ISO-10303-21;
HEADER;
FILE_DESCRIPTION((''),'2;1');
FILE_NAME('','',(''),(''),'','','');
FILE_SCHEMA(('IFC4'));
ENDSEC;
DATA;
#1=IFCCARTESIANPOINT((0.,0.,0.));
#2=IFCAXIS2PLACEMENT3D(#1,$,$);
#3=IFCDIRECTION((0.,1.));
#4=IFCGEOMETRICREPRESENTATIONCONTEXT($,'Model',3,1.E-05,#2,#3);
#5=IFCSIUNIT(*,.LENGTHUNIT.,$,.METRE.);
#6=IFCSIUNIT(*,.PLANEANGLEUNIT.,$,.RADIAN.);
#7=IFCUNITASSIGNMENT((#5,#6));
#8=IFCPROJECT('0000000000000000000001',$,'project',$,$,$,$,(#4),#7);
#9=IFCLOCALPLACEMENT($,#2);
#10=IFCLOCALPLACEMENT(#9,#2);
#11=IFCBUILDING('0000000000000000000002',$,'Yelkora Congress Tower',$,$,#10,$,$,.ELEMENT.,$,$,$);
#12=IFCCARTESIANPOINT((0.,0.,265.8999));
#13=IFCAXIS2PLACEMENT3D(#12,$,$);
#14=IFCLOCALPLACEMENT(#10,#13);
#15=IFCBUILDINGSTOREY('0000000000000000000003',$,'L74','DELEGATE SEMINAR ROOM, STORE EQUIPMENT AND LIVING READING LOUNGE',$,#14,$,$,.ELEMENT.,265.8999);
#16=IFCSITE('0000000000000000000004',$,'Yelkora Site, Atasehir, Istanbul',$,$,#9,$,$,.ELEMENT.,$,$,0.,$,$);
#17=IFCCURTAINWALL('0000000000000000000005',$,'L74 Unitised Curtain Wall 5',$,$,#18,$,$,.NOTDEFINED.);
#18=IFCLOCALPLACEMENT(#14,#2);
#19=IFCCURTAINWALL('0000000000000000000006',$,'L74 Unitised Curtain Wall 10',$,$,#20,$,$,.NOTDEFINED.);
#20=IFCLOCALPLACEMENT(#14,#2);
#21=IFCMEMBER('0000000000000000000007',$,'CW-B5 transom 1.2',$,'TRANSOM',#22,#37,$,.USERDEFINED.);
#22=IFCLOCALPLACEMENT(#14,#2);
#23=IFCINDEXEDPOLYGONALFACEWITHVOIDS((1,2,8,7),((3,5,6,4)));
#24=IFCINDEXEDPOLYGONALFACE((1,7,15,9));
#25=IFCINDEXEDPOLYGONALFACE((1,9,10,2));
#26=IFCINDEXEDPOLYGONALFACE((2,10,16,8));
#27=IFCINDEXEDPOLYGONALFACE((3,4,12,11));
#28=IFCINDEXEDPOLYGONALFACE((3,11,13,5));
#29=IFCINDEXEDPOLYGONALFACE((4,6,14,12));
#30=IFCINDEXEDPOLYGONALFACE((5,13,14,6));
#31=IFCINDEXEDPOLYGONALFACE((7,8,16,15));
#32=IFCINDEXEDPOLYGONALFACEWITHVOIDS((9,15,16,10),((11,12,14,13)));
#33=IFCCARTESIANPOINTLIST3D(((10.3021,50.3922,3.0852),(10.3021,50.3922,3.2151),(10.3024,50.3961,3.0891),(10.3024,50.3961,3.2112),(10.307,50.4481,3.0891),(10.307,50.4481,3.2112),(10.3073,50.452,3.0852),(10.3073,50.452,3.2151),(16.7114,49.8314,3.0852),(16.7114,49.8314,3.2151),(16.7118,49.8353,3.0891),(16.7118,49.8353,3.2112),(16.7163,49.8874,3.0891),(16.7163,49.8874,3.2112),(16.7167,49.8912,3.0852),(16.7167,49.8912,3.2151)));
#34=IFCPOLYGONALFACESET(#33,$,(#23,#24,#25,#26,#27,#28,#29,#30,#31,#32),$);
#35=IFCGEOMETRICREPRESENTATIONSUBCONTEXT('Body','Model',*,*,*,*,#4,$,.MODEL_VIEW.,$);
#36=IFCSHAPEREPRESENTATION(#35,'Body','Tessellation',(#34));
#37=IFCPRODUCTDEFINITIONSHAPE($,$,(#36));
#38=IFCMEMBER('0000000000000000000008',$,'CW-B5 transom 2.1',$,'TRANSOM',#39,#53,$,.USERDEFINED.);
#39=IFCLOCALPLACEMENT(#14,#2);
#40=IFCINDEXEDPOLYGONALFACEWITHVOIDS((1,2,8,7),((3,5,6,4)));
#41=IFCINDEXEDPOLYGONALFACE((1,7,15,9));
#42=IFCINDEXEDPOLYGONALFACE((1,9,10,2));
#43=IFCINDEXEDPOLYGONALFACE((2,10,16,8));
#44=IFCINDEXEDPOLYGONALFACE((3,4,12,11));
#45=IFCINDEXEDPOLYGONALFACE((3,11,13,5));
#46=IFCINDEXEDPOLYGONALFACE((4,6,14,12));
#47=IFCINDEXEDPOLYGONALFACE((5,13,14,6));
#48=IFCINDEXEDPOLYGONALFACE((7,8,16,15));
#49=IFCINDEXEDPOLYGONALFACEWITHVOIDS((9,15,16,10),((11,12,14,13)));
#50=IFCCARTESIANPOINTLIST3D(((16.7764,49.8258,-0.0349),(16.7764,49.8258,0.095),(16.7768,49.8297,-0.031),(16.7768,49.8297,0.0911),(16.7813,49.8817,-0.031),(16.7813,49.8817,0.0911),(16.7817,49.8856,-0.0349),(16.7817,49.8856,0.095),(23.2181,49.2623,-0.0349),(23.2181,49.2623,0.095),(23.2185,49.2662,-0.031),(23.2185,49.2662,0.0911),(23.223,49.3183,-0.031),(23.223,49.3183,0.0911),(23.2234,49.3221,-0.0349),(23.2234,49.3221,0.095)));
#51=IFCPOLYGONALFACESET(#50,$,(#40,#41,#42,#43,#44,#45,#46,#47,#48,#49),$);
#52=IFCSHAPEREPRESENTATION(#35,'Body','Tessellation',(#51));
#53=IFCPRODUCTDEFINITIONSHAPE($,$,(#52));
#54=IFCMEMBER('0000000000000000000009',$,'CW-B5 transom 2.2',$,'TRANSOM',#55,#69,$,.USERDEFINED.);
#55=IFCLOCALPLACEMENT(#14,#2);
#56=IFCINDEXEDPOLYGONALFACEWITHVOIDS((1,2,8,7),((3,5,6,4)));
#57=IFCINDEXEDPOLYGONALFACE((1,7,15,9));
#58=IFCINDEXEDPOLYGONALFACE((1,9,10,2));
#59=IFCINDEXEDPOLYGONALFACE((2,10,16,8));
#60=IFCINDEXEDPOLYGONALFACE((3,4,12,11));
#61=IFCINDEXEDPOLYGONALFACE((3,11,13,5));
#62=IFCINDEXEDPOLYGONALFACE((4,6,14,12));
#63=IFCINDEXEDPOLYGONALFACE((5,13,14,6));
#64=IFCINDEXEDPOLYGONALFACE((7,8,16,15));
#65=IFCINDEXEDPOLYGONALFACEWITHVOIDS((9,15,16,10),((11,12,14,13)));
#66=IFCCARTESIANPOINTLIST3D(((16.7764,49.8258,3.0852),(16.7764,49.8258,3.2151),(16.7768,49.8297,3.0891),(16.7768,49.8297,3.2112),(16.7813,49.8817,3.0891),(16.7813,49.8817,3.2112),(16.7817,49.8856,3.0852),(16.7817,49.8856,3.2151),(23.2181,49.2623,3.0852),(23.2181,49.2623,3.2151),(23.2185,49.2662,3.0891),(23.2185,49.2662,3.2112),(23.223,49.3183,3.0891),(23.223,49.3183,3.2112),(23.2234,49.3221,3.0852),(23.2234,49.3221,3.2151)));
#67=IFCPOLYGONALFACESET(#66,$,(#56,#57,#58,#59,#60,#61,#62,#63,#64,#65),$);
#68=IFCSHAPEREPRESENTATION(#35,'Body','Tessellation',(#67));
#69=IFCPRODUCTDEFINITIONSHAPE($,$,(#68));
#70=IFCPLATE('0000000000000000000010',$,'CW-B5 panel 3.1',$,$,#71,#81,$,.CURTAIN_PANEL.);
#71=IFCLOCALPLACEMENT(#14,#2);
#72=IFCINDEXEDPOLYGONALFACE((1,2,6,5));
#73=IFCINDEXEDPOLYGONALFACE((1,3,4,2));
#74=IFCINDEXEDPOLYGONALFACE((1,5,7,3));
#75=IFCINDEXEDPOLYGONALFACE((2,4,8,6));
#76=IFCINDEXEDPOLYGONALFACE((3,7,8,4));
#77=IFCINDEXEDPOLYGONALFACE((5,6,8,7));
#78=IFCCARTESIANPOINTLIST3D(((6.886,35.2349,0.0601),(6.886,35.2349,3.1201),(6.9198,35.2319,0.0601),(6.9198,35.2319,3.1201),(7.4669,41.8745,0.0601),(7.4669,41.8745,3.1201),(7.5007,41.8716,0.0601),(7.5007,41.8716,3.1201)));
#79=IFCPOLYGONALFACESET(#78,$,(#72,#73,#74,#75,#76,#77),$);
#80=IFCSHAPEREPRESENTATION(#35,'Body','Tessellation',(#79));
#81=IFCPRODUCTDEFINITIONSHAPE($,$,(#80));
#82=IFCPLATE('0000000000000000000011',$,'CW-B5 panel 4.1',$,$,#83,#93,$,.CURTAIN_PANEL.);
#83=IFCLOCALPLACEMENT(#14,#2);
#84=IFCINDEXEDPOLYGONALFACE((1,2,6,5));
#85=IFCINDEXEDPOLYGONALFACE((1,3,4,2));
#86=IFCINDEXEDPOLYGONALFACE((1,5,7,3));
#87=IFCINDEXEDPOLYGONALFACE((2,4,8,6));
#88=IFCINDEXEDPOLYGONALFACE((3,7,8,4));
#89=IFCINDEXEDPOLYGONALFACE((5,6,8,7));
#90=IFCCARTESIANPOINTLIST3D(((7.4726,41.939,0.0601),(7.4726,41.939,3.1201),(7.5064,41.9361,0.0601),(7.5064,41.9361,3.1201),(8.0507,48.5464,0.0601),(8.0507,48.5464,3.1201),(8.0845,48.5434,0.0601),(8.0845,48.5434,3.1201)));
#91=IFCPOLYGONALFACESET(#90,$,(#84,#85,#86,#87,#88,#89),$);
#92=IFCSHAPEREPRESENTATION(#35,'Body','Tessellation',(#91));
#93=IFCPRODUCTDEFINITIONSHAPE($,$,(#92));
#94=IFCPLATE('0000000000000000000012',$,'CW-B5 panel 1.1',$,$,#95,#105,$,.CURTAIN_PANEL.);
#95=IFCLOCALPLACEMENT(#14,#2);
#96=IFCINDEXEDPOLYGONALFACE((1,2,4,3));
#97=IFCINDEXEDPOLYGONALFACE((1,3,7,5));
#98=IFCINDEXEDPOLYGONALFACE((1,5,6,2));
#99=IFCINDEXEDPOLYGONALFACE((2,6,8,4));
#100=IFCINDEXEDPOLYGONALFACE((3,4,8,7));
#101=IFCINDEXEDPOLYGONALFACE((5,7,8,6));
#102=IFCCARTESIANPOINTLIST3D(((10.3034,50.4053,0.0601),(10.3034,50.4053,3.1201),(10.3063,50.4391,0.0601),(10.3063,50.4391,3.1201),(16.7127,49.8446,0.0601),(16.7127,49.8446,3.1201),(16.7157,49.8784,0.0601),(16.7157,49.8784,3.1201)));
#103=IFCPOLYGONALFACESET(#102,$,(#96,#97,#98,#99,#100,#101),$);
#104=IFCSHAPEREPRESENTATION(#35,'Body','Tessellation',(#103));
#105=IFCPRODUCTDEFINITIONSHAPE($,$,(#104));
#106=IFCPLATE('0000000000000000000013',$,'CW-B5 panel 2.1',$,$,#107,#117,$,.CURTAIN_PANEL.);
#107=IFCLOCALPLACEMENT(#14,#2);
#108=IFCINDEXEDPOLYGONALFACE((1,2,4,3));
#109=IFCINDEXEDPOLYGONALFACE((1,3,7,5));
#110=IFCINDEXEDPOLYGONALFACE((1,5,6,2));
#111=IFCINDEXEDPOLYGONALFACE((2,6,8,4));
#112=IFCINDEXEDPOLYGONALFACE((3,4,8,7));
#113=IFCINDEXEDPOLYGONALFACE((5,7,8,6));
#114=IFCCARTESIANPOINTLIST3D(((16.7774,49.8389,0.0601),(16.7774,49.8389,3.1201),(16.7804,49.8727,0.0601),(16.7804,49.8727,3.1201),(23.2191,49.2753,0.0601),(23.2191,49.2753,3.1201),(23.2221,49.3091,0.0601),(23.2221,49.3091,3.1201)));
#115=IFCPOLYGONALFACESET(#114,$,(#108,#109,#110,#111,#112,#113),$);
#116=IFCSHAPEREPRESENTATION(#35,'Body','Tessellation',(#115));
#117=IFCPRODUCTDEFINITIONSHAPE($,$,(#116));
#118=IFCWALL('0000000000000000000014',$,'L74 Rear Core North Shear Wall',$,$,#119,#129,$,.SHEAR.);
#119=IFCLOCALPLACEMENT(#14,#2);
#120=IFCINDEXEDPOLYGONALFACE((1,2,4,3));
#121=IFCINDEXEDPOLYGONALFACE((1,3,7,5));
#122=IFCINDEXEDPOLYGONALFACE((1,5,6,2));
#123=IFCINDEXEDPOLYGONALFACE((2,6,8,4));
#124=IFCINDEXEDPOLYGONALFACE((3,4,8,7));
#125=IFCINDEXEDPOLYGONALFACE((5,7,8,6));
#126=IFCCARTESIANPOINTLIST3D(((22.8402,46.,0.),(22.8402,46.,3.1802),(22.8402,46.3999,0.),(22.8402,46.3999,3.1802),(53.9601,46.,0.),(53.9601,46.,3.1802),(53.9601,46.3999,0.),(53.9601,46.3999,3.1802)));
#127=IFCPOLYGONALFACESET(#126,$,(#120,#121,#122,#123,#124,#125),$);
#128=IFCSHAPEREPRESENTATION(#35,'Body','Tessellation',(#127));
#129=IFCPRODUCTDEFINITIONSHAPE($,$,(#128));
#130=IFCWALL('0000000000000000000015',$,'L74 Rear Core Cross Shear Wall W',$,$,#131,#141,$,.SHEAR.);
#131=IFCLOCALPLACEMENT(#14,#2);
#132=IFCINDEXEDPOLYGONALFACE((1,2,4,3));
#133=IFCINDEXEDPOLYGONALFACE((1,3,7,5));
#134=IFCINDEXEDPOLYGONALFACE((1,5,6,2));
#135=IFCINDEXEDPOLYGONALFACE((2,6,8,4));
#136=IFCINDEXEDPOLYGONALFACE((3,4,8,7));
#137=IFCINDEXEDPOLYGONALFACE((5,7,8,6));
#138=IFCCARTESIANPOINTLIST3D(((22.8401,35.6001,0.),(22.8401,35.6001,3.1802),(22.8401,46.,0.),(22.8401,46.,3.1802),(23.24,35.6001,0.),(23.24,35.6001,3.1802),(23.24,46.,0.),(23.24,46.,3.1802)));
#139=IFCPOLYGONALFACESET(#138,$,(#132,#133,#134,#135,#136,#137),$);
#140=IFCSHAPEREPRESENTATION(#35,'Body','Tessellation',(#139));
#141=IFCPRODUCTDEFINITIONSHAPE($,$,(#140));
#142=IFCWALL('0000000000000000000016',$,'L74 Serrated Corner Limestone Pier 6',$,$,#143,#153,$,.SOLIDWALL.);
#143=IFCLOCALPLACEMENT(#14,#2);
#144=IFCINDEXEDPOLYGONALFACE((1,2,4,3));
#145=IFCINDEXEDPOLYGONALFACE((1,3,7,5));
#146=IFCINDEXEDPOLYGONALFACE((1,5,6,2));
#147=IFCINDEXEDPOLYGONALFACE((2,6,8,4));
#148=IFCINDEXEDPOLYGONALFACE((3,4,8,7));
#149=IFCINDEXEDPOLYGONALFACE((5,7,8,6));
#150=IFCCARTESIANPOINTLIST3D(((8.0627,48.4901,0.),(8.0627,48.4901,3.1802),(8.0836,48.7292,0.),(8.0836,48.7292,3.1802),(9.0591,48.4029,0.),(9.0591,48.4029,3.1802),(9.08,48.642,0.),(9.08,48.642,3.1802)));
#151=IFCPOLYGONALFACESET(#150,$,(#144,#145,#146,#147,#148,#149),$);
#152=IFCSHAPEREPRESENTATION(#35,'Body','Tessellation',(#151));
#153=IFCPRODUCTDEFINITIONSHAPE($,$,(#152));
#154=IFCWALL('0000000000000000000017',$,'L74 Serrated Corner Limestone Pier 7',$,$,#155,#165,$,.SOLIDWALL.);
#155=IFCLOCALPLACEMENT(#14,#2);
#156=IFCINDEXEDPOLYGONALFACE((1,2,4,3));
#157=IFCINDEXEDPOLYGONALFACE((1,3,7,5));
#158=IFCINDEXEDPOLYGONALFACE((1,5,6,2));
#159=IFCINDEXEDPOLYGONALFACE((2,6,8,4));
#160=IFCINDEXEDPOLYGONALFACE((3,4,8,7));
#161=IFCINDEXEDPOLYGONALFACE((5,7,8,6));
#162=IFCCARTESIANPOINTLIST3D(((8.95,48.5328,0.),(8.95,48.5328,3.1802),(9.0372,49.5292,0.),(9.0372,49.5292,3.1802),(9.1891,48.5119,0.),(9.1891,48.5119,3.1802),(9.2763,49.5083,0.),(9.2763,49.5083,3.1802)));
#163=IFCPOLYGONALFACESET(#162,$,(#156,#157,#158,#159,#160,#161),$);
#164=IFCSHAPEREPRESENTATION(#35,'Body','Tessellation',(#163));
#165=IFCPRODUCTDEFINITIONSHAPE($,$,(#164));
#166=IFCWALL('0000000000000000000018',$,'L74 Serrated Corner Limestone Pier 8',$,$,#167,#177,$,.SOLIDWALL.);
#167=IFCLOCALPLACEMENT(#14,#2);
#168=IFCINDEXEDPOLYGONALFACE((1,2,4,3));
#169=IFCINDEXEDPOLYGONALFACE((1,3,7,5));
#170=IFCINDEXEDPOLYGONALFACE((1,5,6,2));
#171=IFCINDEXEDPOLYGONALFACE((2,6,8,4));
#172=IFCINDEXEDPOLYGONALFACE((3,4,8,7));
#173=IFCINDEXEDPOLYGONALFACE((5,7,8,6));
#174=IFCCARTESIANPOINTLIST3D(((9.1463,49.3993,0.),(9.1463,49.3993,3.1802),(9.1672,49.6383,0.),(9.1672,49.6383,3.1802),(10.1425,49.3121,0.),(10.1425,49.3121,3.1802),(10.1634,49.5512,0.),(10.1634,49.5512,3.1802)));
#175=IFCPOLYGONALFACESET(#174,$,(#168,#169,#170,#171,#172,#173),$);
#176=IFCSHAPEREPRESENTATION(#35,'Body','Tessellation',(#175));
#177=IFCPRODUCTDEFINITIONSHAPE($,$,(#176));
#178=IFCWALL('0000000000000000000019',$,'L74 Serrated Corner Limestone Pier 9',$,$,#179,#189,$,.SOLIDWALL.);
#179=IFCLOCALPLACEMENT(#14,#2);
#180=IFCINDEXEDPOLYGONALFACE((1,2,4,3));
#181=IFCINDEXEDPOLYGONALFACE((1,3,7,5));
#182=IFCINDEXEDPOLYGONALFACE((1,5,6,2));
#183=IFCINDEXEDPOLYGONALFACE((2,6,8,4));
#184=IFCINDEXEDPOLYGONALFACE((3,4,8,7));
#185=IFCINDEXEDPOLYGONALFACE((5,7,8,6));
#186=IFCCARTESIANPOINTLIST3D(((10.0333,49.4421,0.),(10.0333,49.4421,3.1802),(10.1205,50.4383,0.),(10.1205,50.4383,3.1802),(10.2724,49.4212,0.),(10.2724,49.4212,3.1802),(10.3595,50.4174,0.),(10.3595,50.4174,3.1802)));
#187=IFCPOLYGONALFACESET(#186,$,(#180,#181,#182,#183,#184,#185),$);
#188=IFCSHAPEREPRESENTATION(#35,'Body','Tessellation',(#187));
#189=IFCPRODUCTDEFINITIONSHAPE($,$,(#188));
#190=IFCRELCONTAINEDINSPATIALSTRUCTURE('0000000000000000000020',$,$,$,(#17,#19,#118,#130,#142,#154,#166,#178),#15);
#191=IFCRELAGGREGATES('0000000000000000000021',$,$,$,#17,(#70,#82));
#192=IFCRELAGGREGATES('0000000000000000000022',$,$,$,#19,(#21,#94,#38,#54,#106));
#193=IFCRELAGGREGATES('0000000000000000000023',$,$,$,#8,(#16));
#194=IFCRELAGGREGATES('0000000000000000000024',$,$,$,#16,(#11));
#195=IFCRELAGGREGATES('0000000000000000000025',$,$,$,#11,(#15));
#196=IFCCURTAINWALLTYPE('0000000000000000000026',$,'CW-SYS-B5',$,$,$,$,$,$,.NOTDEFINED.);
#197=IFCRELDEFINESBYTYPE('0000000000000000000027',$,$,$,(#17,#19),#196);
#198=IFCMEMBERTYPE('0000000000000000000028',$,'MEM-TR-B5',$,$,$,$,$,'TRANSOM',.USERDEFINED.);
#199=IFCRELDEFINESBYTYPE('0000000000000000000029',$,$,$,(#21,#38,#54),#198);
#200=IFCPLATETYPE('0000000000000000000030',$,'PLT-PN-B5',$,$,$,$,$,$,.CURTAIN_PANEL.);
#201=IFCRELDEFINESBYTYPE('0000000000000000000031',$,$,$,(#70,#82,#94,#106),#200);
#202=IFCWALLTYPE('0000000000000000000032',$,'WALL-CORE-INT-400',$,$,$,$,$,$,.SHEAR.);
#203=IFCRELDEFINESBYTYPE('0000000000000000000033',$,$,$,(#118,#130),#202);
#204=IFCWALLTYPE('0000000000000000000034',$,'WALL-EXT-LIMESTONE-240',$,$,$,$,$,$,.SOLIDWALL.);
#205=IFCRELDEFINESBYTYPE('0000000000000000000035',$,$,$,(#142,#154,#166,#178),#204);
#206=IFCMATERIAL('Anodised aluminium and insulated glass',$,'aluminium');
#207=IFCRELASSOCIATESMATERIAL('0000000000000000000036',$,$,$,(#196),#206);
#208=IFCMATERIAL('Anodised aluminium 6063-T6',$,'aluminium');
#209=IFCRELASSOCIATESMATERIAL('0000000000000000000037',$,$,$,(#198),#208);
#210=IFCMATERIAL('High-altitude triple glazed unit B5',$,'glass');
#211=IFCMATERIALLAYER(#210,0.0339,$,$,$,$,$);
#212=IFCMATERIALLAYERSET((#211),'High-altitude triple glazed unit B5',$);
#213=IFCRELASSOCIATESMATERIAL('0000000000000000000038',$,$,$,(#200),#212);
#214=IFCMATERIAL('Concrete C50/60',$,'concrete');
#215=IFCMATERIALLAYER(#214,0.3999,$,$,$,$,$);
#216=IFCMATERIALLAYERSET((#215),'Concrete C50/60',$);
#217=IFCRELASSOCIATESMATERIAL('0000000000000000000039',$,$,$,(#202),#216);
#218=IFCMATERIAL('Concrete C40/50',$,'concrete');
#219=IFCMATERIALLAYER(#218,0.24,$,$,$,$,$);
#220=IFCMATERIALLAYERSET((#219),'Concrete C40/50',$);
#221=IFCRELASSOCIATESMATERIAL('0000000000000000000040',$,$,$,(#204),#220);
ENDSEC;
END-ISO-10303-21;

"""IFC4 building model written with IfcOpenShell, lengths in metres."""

from ifc_helpers import new_model, si_unit, direction, frame, frame_2d, origin, origin_2d, place, context, subcontext, project, spatial, rectangle, hollow_rectangle, extrude, material, layer, layer_set, material_profile, profile_set, type_object, element, aggregate, save


model = new_model("IFC4")

# Units and contexts
model_context = context("Model", 3, precision=1e-05, world=origin(), true_north=direction((0.0, 1.0)))
body_context = subcontext(model_context, "Body", "Model", "MODEL_VIEW")
ifc_project = project(units=[si_unit("LENGTHUNIT", "METRE"), si_unit("PLANEANGLEUNIT", "RADIAN")], contexts=[model_context])

# Site, building, storey
site_placement = place(None, origin())
site = spatial("IfcSite", under=ifc_project, at=site_placement, Name="Yelkora Site, Atasehir, Istanbul", CompositionType="ELEMENT", RefElevation=0.0)
building_placement = place(site_placement, origin())
building = spatial("IfcBuilding", under=site, at=building_placement, Name="Yelkora Congress Tower", CompositionType="ELEMENT")
storey_placement = place(building_placement, frame((0.0, 0.0, 265.8999)))
storey = spatial("IfcBuildingStorey", under=building, at=storey_placement, Name="L74", Description="DELEGATE SEMINAR ROOM, STORE EQUIPMENT AND LIVING READING LOUNGE", CompositionType="ELEMENT", Elevation=265.8999)

# Curtain walls
ifc_material_1 = material(Name="Anodised aluminium and insulated glass", Category="aluminium")
curtain_wall_type = type_object("IfcCurtainWallType", Name="CW-SYS-B5", PredefinedType="NOTDEFINED", material=ifc_material_1)
curtain_wall_1_placement = place(storey_placement, origin())
curtain_wall_1 = element("IfcCurtainWall", 1, at=curtain_wall_1_placement, inside=storey, type_object=curtain_wall_type, Name="L74 Unitised Curtain Wall 5", PredefinedType="NOTDEFINED")
ifc_material_2 = material(Name="Anodised aluminium 6063-T6", Category="aluminium")
curtain_wall_2_placement = place(storey_placement, origin())
curtain_wall_2 = element("IfcCurtainWall", 2, at=curtain_wall_2_placement, inside=storey, type_object=curtain_wall_type, Name="L74 Unitised Curtain Wall 10", PredefinedType="NOTDEFINED")

# Members
ifc_material_profile_1 = material_profile(ifc_material_2, hollow_rectangle(XDim=0.0601, YDim=0.1299, WallThickness=0.0039, at=origin_2d()), Name="ALU 60x130x4")
ifc_profile_set_1 = profile_set([ifc_material_profile_1], Name="Anodised aluminium 6063-T6")
member_type_1 = type_object("IfcMemberType", Name="MEM-TR-B5", ElementType="TRANSOM", PredefinedType="USERDEFINED", material=ifc_profile_set_1)
member_1_placement = place(storey_placement, frame((10.3047, 50.4221, 3.1501), z_axis=(0.996194, -0.087162, 0.0), x_axis=(0.087162, 0.996194, 0.0)))
member_1 = element("IfcMember", 3, at=member_1_placement, type_object=member_type_1, Name="CW-B5 transom 1.2", ObjectType="TRANSOM", PredefinedType="USERDEFINED", context=body_context, shape_type="SweptSolid", body=[
    extrude(hollow_rectangle(XDim=0.0601, YDim=0.1299, WallThickness=0.0039, at=origin_2d()), origin(), (0.0, 0.0, 1.0), 6.4338),
])
member_2_placement = place(storey_placement, frame((16.7791, 49.8557, 0.03), z_axis=(0.996196, -0.087141, 0.0), x_axis=(0.087141, 0.996196, 0.0)))
member_2 = element("IfcMember", 4, at=member_2_placement, type_object=member_type_1, Name="CW-B5 transom 2.1", ObjectType="TRANSOM", PredefinedType="USERDEFINED", context=body_context, shape_type="SweptSolid", body=[
    extrude(hollow_rectangle(XDim=0.0601, YDim=0.1299, WallThickness=0.0039, at=origin_2d()), origin(), (0.0, 0.0, 1.0), 6.4663),
])
member_3_placement = place(storey_placement, frame((16.7791, 49.8557, 3.1501), z_axis=(0.996196, -0.087141, 0.0), x_axis=(0.087141, 0.996196, 0.0)))
member_3 = element("IfcMember", 5, at=member_3_placement, type_object=member_type_1, Name="CW-B5 transom 2.2", ObjectType="TRANSOM", PredefinedType="USERDEFINED", context=body_context, shape_type="SweptSolid", body=[
    extrude(hollow_rectangle(XDim=0.0601, YDim=0.1299, WallThickness=0.0039, at=origin_2d()), origin(), (0.0, 0.0, 1.0), 6.4663),
])

# Plates
ifc_material_3 = material(Name="High-altitude triple glazed unit B5", Category="glass")
ifc_layer_1 = layer(ifc_material_3, 0.0339)
ifc_layer_set_1 = layer_set([ifc_layer_1], Name="High-altitude triple glazed unit B5")
plate_type = type_object("IfcPlateType", Name="PLT-PN-B5", PredefinedType="CURTAIN_PANEL", material=ifc_layer_set_1)
plate_1_placement = place(storey_placement, frame((7.1934, 38.5532, 0.0601), z_axis=(0.0, 0.0, 1.0), x_axis=(0.087155, 0.996195, 0.0)))
plate_1 = element("IfcPlate", 6, at=plate_1_placement, type_object=plate_type, Name="CW-B5 panel 3.1", PredefinedType="CURTAIN_PANEL", context=body_context, shape_type="SweptSolid", body=[
    extrude(rectangle(XDim=6.665, YDim=0.0339, at=origin_2d()), origin(), (0.0, 0.0, 1.0), 3.0601),
])
plate_2_placement = place(storey_placement, frame((7.7786, 45.2412, 0.0601), z_axis=(0.0, 0.0, 1.0), x_axis=(0.087155, 0.996195, 0.0)))
plate_2 = element("IfcPlate", 7, at=plate_2_placement, type_object=plate_type, Name="CW-B5 panel 4.1", PredefinedType="CURTAIN_PANEL", context=body_context, shape_type="SweptSolid", body=[
    extrude(rectangle(XDim=6.6326, YDim=0.0339, at=origin_2d()), origin(), (0.0, 0.0, 1.0), 3.0601),
])
aggregate(curtain_wall_1, [plate_1, plate_2])
plate_3_placement = place(storey_placement, frame((13.5095, 50.1418, 0.0601), z_axis=(0.0, 0.0, 1.0), x_axis=(0.996195, -0.087157, 0.0)))
plate_3 = element("IfcPlate", 8, at=plate_3_placement, type_object=plate_type, Name="CW-B5 panel 1.1", PredefinedType="CURTAIN_PANEL", context=body_context, shape_type="SweptSolid", body=[
    extrude(rectangle(XDim=6.4338, YDim=0.0339, at=origin_2d()), origin(), (0.0, 0.0, 1.0), 3.0601),
])
plate_4_placement = place(storey_placement, frame((19.9998, 49.574, 0.0601), z_axis=(0.0, 0.0, 1.0), x_axis=(0.996195, -0.087157, 0.0)))
plate_4 = element("IfcPlate", 9, at=plate_4_placement, type_object=plate_type, Name="CW-B5 panel 2.1", PredefinedType="CURTAIN_PANEL", context=body_context, shape_type="SweptSolid", body=[
    extrude(rectangle(XDim=6.4663, YDim=0.0339, at=origin_2d()), origin(), (0.0, 0.0, 1.0), 3.0601),
])
aggregate(curtain_wall_2, [member_1, plate_3, member_2, member_3, plate_4])

# Walls
ifc_material_4 = material(Name="Concrete C50/60", Category="concrete")
ifc_layer_2 = layer(ifc_material_4, 0.3999)
ifc_layer_set_2 = layer_set([ifc_layer_2], Name="Concrete C50/60")
wall_type_1 = type_object("IfcWallType", Name="WALL-CORE-INT-400", PredefinedType="SHEAR", material=ifc_layer_set_2)
wall_1_placement = place(storey_placement, frame((22.8401, 46.2, 0.0), z_axis=(0.0, 0.0, 1.0), x_axis=(1.0, 0.0, 0.0)))
element("IfcWall", 10, at=wall_1_placement, inside=storey, type_object=wall_type_1, Name="L74 Rear Core North Shear Wall", PredefinedType="SHEAR", context=body_context, shape_type="SweptSolid", body=[
    extrude(rectangle(XDim=31.1199, YDim=0.3999, at=frame_2d((15.5601, 0.0))), origin(), (0.0, 0.0, 1.0), 3.1802),
])
wall_2_placement = place(storey_placement, frame((23.04, 35.6001, 0.0), z_axis=(0.0, 0.0, 1.0), x_axis=(0.0, 1.0, 0.0)))
element("IfcWall", 11, at=wall_2_placement, inside=storey, type_object=wall_type_1, Name="L74 Rear Core Cross Shear Wall W", PredefinedType="SHEAR", context=body_context, shape_type="SweptSolid", body=[
    extrude(rectangle(XDim=10.3999, YDim=0.3999, at=frame_2d((5.2, 0.0))), origin(), (0.0, 0.0, 1.0), 3.1802),
])
ifc_material_5 = material(Name="Concrete C40/50", Category="concrete")
ifc_layer_3 = layer(ifc_material_5, 0.24)
ifc_layer_set_3 = layer_set([ifc_layer_3], Name="Concrete C40/50")
wall_type_2 = type_object("IfcWallType", Name="WALL-EXT-LIMESTONE-240", PredefinedType="SOLIDWALL", material=ifc_layer_set_3)
for number, where, z_axis, x_axis, name in (
    (12, (8.0732, 48.6096, 0.0), (0.0, 0.0, 1.0), (0.996196, -0.087146, 0.0), "L74 Serrated Corner Limestone Pier 6"),
    (13, (9.0696, 48.5225, 0.0), (0.0, 0.0, 1.0), (0.087146, 0.996196, 0.0), "L74 Serrated Corner Limestone Pier 7"),
):
    element("IfcWall", number, at=place(storey_placement, frame(where, z_axis=z_axis, x_axis=x_axis)), inside=storey, type_object=wall_type_2, Name=name, PredefinedType="SOLIDWALL", context=body_context, shape_type="SweptSolid", body=[
        extrude(rectangle(XDim=1.0002, YDim=0.24, at=frame_2d((0.5, 0.0))), origin(), (0.0, 0.0, 1.0), 3.1802),
    ])
for number, where, z_axis, x_axis, name in (
    (14, (9.1567, 49.5188, 0.0), (0.0, 0.0, 1.0), (0.996194, -0.087167, 0.0), "L74 Serrated Corner Limestone Pier 8"),
    (15, (10.1528, 49.4316, 0.0), (0.0, 0.0, 1.0), (0.087167, 0.996194, 0.0), "L74 Serrated Corner Limestone Pier 9"),
):
    element("IfcWall", number, at=place(storey_placement, frame(where, z_axis=z_axis, x_axis=x_axis)), inside=storey, type_object=wall_type_2, Name=name, PredefinedType="SOLIDWALL", context=body_context, shape_type="SweptSolid", body=[
        extrude(rectangle(XDim=1.0, YDim=0.24, at=frame_2d((0.5, 0.0))), origin(), (0.0, 0.0, 1.0), 3.1802),
    ])

save(model, "model.ifc")
